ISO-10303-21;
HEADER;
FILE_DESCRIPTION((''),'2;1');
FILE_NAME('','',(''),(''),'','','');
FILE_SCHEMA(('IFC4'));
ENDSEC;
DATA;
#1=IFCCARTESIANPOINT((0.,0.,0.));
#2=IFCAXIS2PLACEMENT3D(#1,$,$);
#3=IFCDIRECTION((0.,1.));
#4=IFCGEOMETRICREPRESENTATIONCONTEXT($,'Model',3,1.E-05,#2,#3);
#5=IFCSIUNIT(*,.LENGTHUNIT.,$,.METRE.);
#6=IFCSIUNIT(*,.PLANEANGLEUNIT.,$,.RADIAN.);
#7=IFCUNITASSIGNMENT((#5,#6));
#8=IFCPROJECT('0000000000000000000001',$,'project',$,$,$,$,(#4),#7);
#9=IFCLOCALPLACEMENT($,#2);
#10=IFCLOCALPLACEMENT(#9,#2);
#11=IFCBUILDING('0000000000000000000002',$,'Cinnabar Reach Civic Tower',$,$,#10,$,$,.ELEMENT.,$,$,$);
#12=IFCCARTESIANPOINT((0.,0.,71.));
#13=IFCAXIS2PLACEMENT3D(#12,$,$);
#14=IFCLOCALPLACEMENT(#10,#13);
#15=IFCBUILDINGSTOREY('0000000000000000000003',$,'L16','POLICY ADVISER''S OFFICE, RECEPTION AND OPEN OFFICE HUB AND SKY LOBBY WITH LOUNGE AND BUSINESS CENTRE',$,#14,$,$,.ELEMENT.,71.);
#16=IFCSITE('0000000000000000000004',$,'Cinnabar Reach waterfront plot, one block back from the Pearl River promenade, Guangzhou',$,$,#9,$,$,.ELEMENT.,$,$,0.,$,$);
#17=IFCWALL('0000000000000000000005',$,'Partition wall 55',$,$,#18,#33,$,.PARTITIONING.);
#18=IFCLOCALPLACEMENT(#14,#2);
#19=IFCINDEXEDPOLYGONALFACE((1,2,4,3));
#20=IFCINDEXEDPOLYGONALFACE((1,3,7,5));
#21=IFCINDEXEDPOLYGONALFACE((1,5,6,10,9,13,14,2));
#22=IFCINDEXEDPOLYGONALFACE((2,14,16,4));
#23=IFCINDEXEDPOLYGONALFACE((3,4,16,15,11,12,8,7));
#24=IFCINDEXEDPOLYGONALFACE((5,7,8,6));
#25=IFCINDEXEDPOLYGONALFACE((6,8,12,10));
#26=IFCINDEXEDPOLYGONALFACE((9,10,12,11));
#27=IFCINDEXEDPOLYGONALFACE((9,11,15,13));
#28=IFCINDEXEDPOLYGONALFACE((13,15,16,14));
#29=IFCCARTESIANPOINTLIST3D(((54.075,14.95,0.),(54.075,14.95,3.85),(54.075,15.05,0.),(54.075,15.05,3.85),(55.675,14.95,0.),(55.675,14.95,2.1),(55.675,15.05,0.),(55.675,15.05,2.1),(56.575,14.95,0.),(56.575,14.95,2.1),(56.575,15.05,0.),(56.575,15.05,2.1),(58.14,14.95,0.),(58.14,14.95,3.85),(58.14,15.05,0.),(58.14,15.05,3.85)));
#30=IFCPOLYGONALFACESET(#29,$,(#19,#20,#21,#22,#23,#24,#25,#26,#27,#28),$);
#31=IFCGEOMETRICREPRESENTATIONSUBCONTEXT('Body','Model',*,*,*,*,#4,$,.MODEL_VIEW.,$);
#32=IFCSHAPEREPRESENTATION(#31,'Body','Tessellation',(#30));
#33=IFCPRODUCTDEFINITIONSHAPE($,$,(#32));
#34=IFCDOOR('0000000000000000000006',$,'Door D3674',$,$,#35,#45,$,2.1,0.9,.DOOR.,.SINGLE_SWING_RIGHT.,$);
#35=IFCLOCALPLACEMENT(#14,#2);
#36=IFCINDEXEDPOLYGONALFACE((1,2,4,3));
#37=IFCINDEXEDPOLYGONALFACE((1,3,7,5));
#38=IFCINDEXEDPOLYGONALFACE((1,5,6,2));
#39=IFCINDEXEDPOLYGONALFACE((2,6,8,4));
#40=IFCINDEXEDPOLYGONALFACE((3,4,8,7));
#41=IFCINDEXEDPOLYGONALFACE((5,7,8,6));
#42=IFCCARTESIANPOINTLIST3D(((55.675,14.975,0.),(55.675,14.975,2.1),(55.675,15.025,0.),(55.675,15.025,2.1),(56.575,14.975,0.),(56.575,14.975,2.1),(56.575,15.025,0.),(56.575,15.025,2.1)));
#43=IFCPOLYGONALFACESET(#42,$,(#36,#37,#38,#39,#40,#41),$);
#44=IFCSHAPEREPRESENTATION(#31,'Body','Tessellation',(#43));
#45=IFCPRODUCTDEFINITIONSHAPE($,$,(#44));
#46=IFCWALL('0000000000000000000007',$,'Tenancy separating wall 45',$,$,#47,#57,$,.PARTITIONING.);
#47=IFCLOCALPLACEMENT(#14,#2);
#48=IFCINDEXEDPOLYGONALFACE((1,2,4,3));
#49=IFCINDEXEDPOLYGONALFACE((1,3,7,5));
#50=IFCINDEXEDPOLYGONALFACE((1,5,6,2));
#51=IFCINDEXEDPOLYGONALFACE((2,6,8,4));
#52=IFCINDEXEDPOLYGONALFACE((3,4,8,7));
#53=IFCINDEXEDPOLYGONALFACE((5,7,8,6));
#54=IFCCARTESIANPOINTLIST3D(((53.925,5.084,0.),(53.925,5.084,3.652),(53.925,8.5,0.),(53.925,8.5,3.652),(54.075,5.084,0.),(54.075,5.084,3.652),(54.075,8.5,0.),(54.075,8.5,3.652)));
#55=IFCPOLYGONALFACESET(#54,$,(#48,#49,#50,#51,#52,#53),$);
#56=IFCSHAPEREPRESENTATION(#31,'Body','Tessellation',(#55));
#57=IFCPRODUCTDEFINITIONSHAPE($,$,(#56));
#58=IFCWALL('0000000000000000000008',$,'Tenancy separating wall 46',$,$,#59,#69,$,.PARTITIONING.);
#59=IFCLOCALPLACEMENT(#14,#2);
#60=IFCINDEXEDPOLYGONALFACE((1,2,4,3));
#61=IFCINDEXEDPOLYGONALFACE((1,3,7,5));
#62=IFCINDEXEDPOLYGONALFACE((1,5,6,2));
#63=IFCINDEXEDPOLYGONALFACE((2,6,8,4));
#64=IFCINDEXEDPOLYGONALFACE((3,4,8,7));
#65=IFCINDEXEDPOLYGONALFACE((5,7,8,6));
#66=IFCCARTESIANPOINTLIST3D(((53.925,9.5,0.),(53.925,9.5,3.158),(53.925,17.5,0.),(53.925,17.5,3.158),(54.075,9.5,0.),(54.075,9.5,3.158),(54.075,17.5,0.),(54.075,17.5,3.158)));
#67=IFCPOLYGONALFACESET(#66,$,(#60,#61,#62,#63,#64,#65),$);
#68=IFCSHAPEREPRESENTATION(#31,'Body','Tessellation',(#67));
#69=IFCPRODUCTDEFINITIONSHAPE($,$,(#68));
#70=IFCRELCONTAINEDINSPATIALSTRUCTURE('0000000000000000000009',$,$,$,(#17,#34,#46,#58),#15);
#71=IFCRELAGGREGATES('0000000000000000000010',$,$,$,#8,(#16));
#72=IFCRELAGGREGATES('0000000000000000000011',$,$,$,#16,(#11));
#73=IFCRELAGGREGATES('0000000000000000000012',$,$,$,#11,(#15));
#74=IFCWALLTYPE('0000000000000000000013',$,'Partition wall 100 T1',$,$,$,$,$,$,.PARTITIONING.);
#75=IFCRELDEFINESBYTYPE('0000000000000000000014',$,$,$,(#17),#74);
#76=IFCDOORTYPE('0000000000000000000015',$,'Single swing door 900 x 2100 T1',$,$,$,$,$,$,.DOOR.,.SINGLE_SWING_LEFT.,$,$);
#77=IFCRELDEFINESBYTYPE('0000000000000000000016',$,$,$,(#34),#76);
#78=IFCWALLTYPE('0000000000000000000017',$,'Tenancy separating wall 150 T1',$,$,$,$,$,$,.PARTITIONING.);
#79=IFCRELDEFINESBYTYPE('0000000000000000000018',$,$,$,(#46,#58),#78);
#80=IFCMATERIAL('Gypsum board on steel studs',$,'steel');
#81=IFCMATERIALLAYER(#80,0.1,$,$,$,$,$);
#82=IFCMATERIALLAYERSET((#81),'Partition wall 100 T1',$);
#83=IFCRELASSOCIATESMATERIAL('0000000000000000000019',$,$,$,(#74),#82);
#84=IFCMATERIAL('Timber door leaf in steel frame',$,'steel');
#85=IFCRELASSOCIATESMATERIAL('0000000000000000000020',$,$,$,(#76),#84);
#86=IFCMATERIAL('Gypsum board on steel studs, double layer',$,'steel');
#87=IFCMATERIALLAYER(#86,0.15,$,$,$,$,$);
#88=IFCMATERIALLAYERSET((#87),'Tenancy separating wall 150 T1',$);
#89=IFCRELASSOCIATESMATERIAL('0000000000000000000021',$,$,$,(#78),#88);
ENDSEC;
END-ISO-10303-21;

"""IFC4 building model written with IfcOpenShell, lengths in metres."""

from ifc_helpers import new_model, si_unit, direction, frame, frame_2d, origin, place, context, subcontext, project, spatial, rectangle, extrude, material, layer, layer_set, type_object, element, fill, save


model = new_model("IFC4")

# Units and contexts
model_context = context("Model", 3, precision=1e-05, world=origin(), true_north=direction((0.0, 1.0)))
body_context = subcontext(model_context, "Body", "Model", "MODEL_VIEW")
ifc_project = project(units=[si_unit("LENGTHUNIT", "METRE"), si_unit("PLANEANGLEUNIT", "RADIAN")], contexts=[model_context])

# Site, building, storey
site_placement = place(None, origin())
site = spatial("IfcSite", under=ifc_project, at=site_placement, Name="Cinnabar Reach waterfront plot, one block back from the Pearl River promenade, Guangzhou", CompositionType="ELEMENT", RefElevation=0.0)
building_placement = place(site_placement, origin())
building = spatial("IfcBuilding", under=site, at=building_placement, Name="Cinnabar Reach Civic Tower", CompositionType="ELEMENT")
storey_placement = place(building_placement, frame((0.0, 0.0, 71.0)))
storey = spatial("IfcBuildingStorey", under=building, at=storey_placement, Name="L16", Description="POLICY ADVISER'S OFFICE, RECEPTION AND OPEN OFFICE HUB AND SKY LOBBY WITH LOUNGE AND BUSINESS CENTRE", CompositionType="ELEMENT", Elevation=71.0)

# Wall, opening, door
ifc_material_1 = material(Name="Gypsum board on steel studs, double layer", Category="steel")
ifc_material_2 = material(Name="Timber door leaf in steel frame", Category="steel")
ifc_material_3 = material(Name="Gypsum board on steel studs", Category="steel")
ifc_layer_1 = layer(ifc_material_3, 0.1)
ifc_layer_set_1 = layer_set([ifc_layer_1], Name="Partition wall 100 T1")
wall_type_1 = type_object("IfcWallType", Name="Partition wall 100 T1", PredefinedType="PARTITIONING", material=ifc_layer_set_1)
wall_1_placement = place(storey_placement, frame((54.075, 15.0, 0.0), z_axis=(0.0, 0.0, 1.0), x_axis=(1.0, 0.0, 0.0)))
wall_1 = element("IfcWall", 1, at=wall_1_placement, inside=storey, type_object=wall_type_1, Name="Partition wall 55", PredefinedType="PARTITIONING", context=body_context, shape_type="SweptSolid", body=[
    extrude(rectangle(XDim=4.065, YDim=0.1, at=frame_2d((2.0325, 0.0))), origin(), (0.0, 0.0, 1.0), 3.85),
])
opening_1_placement = place(wall_1_placement, frame((1.6, 0.0, 0.0)))
opening_1 = element("IfcOpeningElement", 2, at=opening_1_placement, cuts=wall_1, PredefinedType="OPENING", context=body_context, shape_type="SweptSolid", body=[
    extrude(rectangle(XDim=0.9, YDim=2.1, at=frame_2d((0.45, 1.05))), frame((0.0, 0.06, 0.0), z_axis=(0.0, -1.0, 0.0), x_axis=(1.0, 0.0, 0.0)), (0.0, 0.0, 1.0), 0.12),
])
door_type_1 = type_object("IfcDoorType", Name="Single swing door 900 x 2100 T1", OperationType="SINGLE_SWING_LEFT", PredefinedType="DOOR", material=ifc_material_2)
door_1_placement = place(opening_1_placement, origin())
door_1 = element("IfcDoor", 3, at=door_1_placement, inside=storey, type_object=door_type_1, Name="Door D3674", OperationType="SINGLE_SWING_RIGHT", OverallHeight=2.1, OverallWidth=0.9, PredefinedType="DOOR", context=body_context, shape_type="SweptSolid", body=[
    extrude(rectangle(XDim=0.9, YDim=2.1, at=frame_2d((0.45, 1.05))), frame((0.0, 0.025, 0.0), z_axis=(0.0, -1.0, 0.0), x_axis=(1.0, 0.0, 0.0)), (0.0, 0.0, 1.0), 0.05),
])
fill(opening_1, door_1)

# Walls
ifc_layer_2 = layer(ifc_material_1, 0.15)
ifc_layer_set_2 = layer_set([ifc_layer_2], Name="Tenancy separating wall 150 T1")
wall_type_2 = type_object("IfcWallType", Name="Tenancy separating wall 150 T1", PredefinedType="PARTITIONING", material=ifc_layer_set_2)
wall_2_placement = place(storey_placement, frame((54.0, 5.084, 0.0), z_axis=(0.0, 0.0, 1.0), x_axis=(0.0, 1.0, 0.0)))
element("IfcWall", 4, at=wall_2_placement, inside=storey, type_object=wall_type_2, Name="Tenancy separating wall 45", PredefinedType="PARTITIONING", context=body_context, shape_type="SweptSolid", body=[
    extrude(rectangle(XDim=3.416, YDim=0.15, at=frame_2d((1.708, 0.0))), origin(), (0.0, 0.0, 1.0), 3.652),
])
wall_3_placement = place(storey_placement, frame((54.0, 9.5, 0.0), z_axis=(0.0, 0.0, 1.0), x_axis=(0.0, 1.0, 0.0)))
element("IfcWall", 5, at=wall_3_placement, inside=storey, type_object=wall_type_2, Name="Tenancy separating wall 46", PredefinedType="PARTITIONING", context=body_context, shape_type="SweptSolid", body=[
    extrude(rectangle(XDim=8.0, YDim=0.15, at=frame_2d((4.0, 0.0))), origin(), (0.0, 0.0, 1.0), 3.158),
])

save(model, "model.ifc")
